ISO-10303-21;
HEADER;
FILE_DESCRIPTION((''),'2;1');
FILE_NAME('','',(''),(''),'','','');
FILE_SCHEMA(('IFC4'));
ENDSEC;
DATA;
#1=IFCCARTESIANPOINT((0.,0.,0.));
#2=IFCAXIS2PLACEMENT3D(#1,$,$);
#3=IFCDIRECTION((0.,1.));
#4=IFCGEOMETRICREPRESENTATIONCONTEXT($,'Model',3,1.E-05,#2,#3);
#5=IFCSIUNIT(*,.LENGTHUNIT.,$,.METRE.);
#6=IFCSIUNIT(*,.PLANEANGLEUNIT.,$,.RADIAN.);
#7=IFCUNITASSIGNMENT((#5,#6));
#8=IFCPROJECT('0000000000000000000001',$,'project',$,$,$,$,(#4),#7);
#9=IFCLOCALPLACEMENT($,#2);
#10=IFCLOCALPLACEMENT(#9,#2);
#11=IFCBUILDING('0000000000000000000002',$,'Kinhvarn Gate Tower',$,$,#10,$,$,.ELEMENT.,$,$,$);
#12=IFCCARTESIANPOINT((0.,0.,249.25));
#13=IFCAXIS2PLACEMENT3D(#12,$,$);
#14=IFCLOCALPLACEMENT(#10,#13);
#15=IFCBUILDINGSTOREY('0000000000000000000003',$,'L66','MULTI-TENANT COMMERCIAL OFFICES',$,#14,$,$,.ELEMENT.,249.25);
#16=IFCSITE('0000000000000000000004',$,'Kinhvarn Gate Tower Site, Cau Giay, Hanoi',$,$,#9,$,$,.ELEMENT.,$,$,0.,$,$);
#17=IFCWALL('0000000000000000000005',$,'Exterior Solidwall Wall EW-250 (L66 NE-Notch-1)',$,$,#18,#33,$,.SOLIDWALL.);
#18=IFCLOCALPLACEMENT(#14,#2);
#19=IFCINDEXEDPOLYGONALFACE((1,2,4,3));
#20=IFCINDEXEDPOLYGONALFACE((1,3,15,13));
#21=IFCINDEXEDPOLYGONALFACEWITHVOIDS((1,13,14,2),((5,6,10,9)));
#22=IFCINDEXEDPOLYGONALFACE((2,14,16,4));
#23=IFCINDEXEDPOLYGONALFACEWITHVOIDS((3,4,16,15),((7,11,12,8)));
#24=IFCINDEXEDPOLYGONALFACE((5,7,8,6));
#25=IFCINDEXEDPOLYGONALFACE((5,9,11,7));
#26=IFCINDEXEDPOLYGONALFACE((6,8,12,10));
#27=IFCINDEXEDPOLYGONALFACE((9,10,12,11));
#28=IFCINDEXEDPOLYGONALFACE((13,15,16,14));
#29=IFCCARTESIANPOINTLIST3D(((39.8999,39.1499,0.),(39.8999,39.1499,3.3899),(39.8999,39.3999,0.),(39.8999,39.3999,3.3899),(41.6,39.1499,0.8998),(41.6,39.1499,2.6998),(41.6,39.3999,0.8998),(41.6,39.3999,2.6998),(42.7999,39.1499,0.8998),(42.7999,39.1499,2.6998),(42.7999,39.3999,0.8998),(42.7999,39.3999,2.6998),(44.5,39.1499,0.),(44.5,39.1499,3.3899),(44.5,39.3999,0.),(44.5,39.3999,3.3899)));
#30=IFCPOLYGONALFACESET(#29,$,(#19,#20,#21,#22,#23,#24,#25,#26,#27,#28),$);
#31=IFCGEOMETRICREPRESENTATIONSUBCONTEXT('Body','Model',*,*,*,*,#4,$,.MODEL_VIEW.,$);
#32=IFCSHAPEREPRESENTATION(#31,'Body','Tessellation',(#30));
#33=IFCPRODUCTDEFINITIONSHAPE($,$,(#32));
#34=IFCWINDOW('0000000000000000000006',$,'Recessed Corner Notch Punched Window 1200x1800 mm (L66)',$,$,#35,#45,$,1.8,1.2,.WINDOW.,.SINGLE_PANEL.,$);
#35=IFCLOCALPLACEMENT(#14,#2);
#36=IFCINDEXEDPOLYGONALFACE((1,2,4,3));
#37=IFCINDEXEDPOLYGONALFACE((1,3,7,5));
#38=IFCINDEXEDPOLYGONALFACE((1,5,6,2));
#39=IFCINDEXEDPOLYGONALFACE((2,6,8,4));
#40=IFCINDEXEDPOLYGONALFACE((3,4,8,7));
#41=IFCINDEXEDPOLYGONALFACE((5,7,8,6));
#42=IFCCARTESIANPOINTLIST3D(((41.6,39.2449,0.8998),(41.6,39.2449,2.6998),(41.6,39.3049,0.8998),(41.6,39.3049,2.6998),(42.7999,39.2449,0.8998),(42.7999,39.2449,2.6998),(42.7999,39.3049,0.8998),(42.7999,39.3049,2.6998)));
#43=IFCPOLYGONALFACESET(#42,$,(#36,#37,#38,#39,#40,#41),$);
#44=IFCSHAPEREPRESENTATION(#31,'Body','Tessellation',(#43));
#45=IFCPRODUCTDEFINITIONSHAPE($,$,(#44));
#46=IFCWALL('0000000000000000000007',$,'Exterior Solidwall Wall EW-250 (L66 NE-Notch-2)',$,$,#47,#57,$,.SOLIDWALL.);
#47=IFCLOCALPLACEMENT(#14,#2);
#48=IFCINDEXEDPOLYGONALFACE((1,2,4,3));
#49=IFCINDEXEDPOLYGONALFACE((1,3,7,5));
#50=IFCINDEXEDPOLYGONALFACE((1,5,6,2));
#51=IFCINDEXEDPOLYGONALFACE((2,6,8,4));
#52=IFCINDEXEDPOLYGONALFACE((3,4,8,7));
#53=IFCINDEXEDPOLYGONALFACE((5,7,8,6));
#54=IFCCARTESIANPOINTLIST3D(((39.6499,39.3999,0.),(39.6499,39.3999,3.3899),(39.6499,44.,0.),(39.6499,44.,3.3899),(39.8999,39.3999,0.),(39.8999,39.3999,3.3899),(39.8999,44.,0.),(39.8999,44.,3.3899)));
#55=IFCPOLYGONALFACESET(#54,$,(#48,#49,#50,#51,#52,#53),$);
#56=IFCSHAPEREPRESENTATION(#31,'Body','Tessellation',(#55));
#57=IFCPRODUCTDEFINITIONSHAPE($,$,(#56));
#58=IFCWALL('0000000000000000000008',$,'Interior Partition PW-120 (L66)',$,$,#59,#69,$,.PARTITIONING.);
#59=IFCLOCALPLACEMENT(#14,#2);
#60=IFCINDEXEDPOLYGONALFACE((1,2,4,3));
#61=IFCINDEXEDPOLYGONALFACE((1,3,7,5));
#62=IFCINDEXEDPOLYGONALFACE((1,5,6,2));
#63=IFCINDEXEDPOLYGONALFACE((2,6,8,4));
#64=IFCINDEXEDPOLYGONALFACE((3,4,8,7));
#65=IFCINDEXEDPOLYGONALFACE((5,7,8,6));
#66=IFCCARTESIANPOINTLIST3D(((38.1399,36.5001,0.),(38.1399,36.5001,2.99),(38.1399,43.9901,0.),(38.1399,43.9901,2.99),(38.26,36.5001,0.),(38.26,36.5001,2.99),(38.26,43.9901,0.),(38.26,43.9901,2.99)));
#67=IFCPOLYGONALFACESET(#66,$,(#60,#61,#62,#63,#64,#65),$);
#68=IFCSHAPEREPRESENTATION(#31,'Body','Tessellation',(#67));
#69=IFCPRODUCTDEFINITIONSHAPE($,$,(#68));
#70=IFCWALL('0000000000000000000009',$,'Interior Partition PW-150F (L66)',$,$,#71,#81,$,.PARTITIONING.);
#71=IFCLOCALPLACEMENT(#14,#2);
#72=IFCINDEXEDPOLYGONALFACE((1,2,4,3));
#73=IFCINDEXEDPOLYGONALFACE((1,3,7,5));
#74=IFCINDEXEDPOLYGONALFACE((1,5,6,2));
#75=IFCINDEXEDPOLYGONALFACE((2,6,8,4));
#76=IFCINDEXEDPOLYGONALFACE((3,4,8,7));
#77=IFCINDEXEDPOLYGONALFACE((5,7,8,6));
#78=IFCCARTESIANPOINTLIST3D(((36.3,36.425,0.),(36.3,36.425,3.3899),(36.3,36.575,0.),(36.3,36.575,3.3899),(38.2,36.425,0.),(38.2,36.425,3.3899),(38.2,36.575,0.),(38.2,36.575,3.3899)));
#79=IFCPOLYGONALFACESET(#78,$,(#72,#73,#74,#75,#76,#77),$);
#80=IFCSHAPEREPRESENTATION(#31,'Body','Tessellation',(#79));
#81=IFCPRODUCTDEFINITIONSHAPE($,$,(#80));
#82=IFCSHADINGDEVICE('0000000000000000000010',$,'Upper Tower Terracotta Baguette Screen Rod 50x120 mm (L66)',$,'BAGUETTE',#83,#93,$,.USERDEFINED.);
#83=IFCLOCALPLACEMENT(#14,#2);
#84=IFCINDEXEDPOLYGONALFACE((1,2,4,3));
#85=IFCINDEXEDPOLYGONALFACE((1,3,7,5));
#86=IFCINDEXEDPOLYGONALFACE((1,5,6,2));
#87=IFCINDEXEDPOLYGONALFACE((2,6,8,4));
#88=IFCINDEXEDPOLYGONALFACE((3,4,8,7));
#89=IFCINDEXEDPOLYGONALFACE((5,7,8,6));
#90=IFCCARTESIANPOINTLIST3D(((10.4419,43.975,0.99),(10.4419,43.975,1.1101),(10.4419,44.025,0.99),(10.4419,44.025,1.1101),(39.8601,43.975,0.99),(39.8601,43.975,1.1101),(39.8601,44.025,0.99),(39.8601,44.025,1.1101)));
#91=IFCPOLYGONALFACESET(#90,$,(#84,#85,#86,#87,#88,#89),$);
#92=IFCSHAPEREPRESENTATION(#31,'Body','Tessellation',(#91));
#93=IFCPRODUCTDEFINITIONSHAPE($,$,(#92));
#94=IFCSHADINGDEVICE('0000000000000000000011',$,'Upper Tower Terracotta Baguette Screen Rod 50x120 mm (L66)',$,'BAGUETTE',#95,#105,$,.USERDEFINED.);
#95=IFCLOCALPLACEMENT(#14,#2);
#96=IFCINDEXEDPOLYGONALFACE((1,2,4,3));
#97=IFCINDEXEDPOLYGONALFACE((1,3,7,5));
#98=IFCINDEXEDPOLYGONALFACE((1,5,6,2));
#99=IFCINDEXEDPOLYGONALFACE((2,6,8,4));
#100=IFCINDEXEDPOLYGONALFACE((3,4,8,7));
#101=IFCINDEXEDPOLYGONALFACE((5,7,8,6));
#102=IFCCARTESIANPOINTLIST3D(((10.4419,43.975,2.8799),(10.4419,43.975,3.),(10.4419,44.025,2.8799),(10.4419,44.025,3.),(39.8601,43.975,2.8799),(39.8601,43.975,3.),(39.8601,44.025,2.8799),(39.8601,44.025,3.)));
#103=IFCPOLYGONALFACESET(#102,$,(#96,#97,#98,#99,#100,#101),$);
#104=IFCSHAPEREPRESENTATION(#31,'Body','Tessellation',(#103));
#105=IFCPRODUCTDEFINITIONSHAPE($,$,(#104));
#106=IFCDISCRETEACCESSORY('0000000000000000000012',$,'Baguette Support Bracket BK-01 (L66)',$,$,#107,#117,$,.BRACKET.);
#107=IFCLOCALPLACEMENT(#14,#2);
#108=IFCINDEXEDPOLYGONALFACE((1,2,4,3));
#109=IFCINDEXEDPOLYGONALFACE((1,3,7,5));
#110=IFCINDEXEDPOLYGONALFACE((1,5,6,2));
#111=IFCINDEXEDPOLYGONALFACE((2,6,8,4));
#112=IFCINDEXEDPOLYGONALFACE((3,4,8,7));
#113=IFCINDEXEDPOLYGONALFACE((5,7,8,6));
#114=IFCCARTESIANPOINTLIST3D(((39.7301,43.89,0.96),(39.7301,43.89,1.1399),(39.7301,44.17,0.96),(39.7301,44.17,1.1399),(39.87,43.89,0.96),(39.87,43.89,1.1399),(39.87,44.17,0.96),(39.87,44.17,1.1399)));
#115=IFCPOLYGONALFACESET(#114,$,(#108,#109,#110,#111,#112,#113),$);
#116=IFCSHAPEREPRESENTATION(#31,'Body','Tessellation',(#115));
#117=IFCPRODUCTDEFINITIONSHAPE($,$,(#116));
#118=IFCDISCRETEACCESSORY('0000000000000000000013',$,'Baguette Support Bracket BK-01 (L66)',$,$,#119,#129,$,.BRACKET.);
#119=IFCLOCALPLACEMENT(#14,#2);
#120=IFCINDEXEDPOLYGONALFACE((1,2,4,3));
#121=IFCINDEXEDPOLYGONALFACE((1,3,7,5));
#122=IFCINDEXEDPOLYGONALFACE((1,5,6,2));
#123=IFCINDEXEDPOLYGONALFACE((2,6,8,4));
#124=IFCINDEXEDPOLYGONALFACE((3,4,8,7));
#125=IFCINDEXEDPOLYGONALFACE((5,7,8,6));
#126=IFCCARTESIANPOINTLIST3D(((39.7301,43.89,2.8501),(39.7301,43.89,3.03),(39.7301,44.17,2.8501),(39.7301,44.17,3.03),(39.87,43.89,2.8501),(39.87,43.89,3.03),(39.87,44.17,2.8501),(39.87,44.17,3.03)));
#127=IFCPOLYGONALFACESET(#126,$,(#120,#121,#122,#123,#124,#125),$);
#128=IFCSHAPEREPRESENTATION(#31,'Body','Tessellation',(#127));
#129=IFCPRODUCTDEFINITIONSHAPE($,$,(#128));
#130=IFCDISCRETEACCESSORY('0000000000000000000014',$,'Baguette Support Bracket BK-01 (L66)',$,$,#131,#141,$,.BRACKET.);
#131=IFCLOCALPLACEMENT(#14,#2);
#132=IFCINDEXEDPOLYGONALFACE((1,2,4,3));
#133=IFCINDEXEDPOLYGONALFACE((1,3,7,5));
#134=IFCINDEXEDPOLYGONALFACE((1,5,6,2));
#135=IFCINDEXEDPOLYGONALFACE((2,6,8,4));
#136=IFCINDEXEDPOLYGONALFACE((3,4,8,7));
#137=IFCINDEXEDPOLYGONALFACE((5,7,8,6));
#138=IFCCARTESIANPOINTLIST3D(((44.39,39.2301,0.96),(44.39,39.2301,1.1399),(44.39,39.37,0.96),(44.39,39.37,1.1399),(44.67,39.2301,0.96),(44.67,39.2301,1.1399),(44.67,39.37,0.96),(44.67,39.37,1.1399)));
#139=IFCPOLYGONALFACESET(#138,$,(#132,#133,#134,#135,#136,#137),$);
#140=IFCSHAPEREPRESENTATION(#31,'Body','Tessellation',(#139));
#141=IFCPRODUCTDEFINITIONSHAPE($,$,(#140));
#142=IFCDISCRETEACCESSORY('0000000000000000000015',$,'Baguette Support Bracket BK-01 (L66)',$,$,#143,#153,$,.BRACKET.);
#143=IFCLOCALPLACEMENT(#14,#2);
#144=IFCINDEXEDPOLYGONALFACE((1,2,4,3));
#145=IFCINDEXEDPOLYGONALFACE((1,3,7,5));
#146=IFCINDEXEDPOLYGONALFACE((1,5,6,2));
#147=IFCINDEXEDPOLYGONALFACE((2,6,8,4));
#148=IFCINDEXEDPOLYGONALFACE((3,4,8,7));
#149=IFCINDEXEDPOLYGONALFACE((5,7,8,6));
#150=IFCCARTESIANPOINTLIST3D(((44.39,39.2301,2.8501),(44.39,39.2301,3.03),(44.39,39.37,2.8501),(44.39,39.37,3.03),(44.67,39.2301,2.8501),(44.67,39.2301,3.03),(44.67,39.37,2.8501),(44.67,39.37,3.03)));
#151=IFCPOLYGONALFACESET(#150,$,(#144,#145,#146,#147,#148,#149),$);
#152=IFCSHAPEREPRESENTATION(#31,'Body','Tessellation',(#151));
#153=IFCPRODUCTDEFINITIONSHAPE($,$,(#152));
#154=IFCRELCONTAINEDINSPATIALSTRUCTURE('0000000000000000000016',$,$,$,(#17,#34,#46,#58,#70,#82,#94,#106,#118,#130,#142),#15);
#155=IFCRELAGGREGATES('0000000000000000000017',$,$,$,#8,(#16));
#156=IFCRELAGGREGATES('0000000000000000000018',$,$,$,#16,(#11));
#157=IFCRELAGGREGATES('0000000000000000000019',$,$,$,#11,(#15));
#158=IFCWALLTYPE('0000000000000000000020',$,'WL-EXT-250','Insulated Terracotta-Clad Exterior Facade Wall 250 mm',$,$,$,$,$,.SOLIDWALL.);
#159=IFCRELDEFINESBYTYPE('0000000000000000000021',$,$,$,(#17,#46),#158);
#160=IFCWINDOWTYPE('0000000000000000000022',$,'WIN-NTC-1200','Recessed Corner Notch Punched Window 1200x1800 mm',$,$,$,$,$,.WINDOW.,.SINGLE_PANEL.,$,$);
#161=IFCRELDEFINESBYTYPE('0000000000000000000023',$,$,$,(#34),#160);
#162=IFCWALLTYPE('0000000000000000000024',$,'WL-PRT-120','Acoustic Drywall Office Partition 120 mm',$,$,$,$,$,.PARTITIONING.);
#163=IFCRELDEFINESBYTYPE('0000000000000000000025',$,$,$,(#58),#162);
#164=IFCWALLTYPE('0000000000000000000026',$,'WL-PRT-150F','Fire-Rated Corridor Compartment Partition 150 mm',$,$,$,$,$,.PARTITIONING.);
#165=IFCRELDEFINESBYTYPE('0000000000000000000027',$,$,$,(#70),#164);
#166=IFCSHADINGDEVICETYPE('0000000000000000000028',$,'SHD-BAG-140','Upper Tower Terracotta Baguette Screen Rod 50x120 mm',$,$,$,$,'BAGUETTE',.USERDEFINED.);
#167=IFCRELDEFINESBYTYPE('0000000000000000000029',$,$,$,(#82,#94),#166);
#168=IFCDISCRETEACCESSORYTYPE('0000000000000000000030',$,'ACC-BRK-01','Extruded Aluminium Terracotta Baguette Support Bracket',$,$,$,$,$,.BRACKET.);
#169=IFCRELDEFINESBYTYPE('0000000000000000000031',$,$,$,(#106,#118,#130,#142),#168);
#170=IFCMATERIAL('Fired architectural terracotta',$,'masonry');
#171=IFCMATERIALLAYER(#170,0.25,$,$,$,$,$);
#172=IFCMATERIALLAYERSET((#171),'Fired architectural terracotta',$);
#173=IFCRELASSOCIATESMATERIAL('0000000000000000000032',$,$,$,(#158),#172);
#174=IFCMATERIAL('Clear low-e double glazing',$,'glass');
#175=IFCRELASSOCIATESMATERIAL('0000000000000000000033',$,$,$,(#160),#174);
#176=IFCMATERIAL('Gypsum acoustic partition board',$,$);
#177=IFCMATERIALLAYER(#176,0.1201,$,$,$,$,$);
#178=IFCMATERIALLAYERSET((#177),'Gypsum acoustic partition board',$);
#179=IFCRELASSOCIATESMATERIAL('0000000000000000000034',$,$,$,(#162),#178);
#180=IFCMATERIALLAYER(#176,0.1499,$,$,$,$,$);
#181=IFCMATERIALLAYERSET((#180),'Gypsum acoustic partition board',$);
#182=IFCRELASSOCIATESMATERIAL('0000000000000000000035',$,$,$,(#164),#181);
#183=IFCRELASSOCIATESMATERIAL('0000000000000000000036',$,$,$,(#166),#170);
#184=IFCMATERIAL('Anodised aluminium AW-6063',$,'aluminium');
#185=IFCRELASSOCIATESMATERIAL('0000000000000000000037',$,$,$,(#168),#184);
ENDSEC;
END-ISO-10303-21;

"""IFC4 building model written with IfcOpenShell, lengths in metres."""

from ifc_helpers import new_model, si_unit, direction, frame, frame_2d, origin, origin_2d, place, context, subcontext, project, spatial, rectangle, extrude, material, layer, layer_set, material_profile, profile_set, type_object, element, fill, save


model = new_model("IFC4")

# Units and contexts
model_context = context("Model", 3, precision=1e-05, world=origin(), true_north=direction((0.0, 1.0)))
body_context = subcontext(model_context, "Body", "Model", "MODEL_VIEW")
ifc_project = project(units=[si_unit("LENGTHUNIT", "METRE"), si_unit("PLANEANGLEUNIT", "RADIAN")], contexts=[model_context])

# Site, building, storey
site_placement = place(None, origin())
site = spatial("IfcSite", under=ifc_project, at=site_placement, Name="Kinhvarn Gate Tower Site, Cau Giay, Hanoi", CompositionType="ELEMENT", RefElevation=0.0)
building_placement = place(site_placement, origin())
building = spatial("IfcBuilding", under=site, at=building_placement, Name="Kinhvarn Gate Tower", CompositionType="ELEMENT")
storey_placement = place(building_placement, frame((0.0, 0.0, 249.25)))
storey = spatial("IfcBuildingStorey", under=building, at=storey_placement, Name="L66", Description="MULTI-TENANT COMMERCIAL OFFICES", CompositionType="ELEMENT", Elevation=249.25)

# Shared definitions
ifc_material_1 = material(Name="Anodised aluminium AW-6063", Category="aluminium")

# Shared definitions
ifc_material_2 = material(Name="Clear low-e double glazing", Category="glass")

# Wall, opening, window
ifc_material_3 = material(Name="Fired architectural terracotta", Category="masonry")
ifc_layer_1 = layer(ifc_material_3, 0.25)
ifc_layer_set_1 = layer_set([ifc_layer_1], Name="Fired architectural terracotta")
wall_type_1 = type_object("IfcWallType", Name="WL-EXT-250", Description="Insulated Terracotta-Clad Exterior Facade Wall 250 mm", PredefinedType="SOLIDWALL", material=ifc_layer_set_1)
wall_1_placement = place(storey_placement, frame((44.5, 39.2749, 0.0), z_axis=(0.0, 0.0, 1.0), x_axis=(-1.0, 0.0, 0.0)))
wall_1 = element("IfcWall", 1, at=wall_1_placement, inside=storey, type_object=wall_type_1, Name="Exterior Solidwall Wall EW-250 (L66 NE-Notch-1)", PredefinedType="SOLIDWALL", context=body_context, shape_type="SweptSolid", body=[
    extrude(rectangle(XDim=4.6001, YDim=0.25, at=frame_2d((2.3, 0.0))), origin(), (0.0, 0.0, 1.0), 3.3899),
])
opening_placement = place(wall_1_placement, frame((1.7, 0.0, 0.8999)))
opening = element("IfcOpeningElement", 2, at=opening_placement, cuts=wall_1, PredefinedType="OPENING", context=body_context, shape_type="SweptSolid", body=[
    extrude(rectangle(XDim=1.2, YDim=1.8, at=frame_2d((0.6001, 0.8999))), frame((0.0, 0.135, 0.0), z_axis=(0.0, -1.0, 0.0), x_axis=(1.0, 0.0, 0.0)), (0.0, 0.0, 1.0), 0.27),
])
window_type = type_object("IfcWindowType", Name="WIN-NTC-1200", Description="Recessed Corner Notch Punched Window 1200x1800 mm", PartitioningType="SINGLE_PANEL", PredefinedType="WINDOW", material=ifc_material_2)
window_placement = place(opening_placement, origin())
window = element("IfcWindow", 3, at=window_placement, inside=storey, type_object=window_type, Name="Recessed Corner Notch Punched Window 1200x1800 mm (L66)", OverallHeight=1.8, OverallWidth=1.2, PartitioningType="SINGLE_PANEL", PredefinedType="WINDOW", context=body_context, shape_type="SweptSolid", body=[
    extrude(rectangle(XDim=1.2, YDim=1.8, at=frame_2d((0.6001, 0.8999))), frame((0.0, 0.03, 0.0), z_axis=(0.0, -1.0, 0.0), x_axis=(1.0, 0.0, 0.0)), (0.0, 0.0, 1.0), 0.0601),
])
fill(opening, window)

# Walls
wall_2_placement = place(storey_placement, frame((39.7749, 39.3999, 0.0), z_axis=(0.0, 0.0, 1.0), x_axis=(0.0, 1.0, 0.0)))
element("IfcWall", 4, at=wall_2_placement, inside=storey, type_object=wall_type_1, Name="Exterior Solidwall Wall EW-250 (L66 NE-Notch-2)", PredefinedType="SOLIDWALL", context=body_context, shape_type="SweptSolid", body=[
    extrude(rectangle(XDim=4.6001, YDim=0.25, at=frame_2d((2.3, 0.0))), origin(), (0.0, 0.0, 1.0), 3.3899),
])
ifc_material_4 = material(Name="Gypsum acoustic partition board")
ifc_layer_2 = layer(ifc_material_4, 0.1201)
ifc_layer_set_2 = layer_set([ifc_layer_2], Name="Gypsum acoustic partition board")
wall_type_2 = type_object("IfcWallType", Name="WL-PRT-120", Description="Acoustic Drywall Office Partition 120 mm", PredefinedType="PARTITIONING", material=ifc_layer_set_2)
wall_3_placement = place(storey_placement, frame((38.2, 36.5, 0.0), z_axis=(0.0, 0.0, 1.0), x_axis=(0.0, 1.0, 0.0)))
element("IfcWall", 5, at=wall_3_placement, inside=storey, type_object=wall_type_2, Name="Interior Partition PW-120 (L66)", PredefinedType="PARTITIONING", context=body_context, shape_type="SweptSolid", body=[
    extrude(rectangle(XDim=7.49, YDim=0.1201, at=frame_2d((3.7451, 0.0))), origin(), (0.0, 0.0, 1.0), 2.99),
])
ifc_layer_3 = layer(ifc_material_4, 0.1499)
ifc_layer_set_3 = layer_set([ifc_layer_3], Name="Gypsum acoustic partition board")
wall_type_3 = type_object("IfcWallType", Name="WL-PRT-150F", Description="Fire-Rated Corridor Compartment Partition 150 mm", PredefinedType="PARTITIONING", material=ifc_layer_set_3)
wall_4_placement = place(storey_placement, frame((36.3, 36.5, 0.0), z_axis=(0.0, 0.0, 1.0), x_axis=(1.0, 0.0, 0.0)))
element("IfcWall", 6, at=wall_4_placement, inside=storey, type_object=wall_type_3, Name="Interior Partition PW-150F (L66)", PredefinedType="PARTITIONING", context=body_context, shape_type="SweptSolid", body=[
    extrude(rectangle(XDim=1.8999, YDim=0.1499, at=frame_2d((0.95, 0.0))), origin(), (0.0, 0.0, 1.0), 3.3899),
])

# Shading devices
ifc_material_profile_1 = material_profile(ifc_material_3, rectangle(XDim=0.05, YDim=0.1201, at=origin_2d()), Name="TC 50x120")
ifc_profile_set_1 = profile_set([ifc_material_profile_1], Name="Fired architectural terracotta")
shading_device_type = type_object("IfcShadingDeviceType", Name="SHD-BAG-140", Description="Upper Tower Terracotta Baguette Screen Rod 50x120 mm", ElementType="BAGUETTE", PredefinedType="USERDEFINED", material=ifc_profile_set_1)
for number, where, z_axis, x_axis, name in (
    (7, (39.8601, 44.0, 1.05), (-1.0, 0.0, 0.0), (0.0, -1.0, 0.0), "Upper Tower Terracotta Baguette Screen Rod 50x120 mm (L66)"),
    (8, (39.8601, 44.0, 2.9399), (-1.0, 0.0, 0.0), (0.0, -1.0, 0.0), "Upper Tower Terracotta Baguette Screen Rod 50x120 mm (L66)"),
):
    element("IfcShadingDevice", number, at=place(storey_placement, frame(where, z_axis=z_axis, x_axis=x_axis)), inside=storey, type_object=shading_device_type, Name=name, ObjectType="BAGUETTE", PredefinedType="USERDEFINED", context=body_context, shape_type="SweptSolid", body=[
        extrude(rectangle(XDim=0.05, YDim=0.1201, at=origin_2d()), origin(), (0.0, 0.0, 1.0), 29.4182),
    ])

# Discrete accessories
discrete_accessory_type = type_object("IfcDiscreteAccessoryType", Name="ACC-BRK-01", Description="Extruded Aluminium Terracotta Baguette Support Bracket", PredefinedType="BRACKET", material=ifc_material_1)
for number, where, z_axis, x_axis, name in (
    (9, (39.8, 44.03, 0.96), (0.0, 0.0, 1.0), (-1.0, 0.0, 0.0), "Baguette Support Bracket BK-01 (L66)"),
    (10, (39.8, 44.03, 2.8501), (0.0, 0.0, 1.0), (-1.0, 0.0, 0.0), "Baguette Support Bracket BK-01 (L66)"),
    (11, (44.53, 39.3, 0.96), (0.0, 0.0, 1.0), (0.0, 1.0, 0.0), "Baguette Support Bracket BK-01 (L66)"),
    (12, (44.53, 39.3, 2.8501), (0.0, 0.0, 1.0), (0.0, 1.0, 0.0), "Baguette Support Bracket BK-01 (L66)"),
):
    element("IfcDiscreteAccessory", number, at=place(storey_placement, frame(where, z_axis=z_axis, x_axis=x_axis)), inside=storey, type_object=discrete_accessory_type, Name=name, PredefinedType="BRACKET", context=body_context, shape_type="SweptSolid", body=[
        extrude(rectangle(XDim=0.1399, YDim=0.28, at=origin_2d()), origin(), (0.0, 0.0, 1.0), 0.1799),
    ])

save(model, "model.ifc")
